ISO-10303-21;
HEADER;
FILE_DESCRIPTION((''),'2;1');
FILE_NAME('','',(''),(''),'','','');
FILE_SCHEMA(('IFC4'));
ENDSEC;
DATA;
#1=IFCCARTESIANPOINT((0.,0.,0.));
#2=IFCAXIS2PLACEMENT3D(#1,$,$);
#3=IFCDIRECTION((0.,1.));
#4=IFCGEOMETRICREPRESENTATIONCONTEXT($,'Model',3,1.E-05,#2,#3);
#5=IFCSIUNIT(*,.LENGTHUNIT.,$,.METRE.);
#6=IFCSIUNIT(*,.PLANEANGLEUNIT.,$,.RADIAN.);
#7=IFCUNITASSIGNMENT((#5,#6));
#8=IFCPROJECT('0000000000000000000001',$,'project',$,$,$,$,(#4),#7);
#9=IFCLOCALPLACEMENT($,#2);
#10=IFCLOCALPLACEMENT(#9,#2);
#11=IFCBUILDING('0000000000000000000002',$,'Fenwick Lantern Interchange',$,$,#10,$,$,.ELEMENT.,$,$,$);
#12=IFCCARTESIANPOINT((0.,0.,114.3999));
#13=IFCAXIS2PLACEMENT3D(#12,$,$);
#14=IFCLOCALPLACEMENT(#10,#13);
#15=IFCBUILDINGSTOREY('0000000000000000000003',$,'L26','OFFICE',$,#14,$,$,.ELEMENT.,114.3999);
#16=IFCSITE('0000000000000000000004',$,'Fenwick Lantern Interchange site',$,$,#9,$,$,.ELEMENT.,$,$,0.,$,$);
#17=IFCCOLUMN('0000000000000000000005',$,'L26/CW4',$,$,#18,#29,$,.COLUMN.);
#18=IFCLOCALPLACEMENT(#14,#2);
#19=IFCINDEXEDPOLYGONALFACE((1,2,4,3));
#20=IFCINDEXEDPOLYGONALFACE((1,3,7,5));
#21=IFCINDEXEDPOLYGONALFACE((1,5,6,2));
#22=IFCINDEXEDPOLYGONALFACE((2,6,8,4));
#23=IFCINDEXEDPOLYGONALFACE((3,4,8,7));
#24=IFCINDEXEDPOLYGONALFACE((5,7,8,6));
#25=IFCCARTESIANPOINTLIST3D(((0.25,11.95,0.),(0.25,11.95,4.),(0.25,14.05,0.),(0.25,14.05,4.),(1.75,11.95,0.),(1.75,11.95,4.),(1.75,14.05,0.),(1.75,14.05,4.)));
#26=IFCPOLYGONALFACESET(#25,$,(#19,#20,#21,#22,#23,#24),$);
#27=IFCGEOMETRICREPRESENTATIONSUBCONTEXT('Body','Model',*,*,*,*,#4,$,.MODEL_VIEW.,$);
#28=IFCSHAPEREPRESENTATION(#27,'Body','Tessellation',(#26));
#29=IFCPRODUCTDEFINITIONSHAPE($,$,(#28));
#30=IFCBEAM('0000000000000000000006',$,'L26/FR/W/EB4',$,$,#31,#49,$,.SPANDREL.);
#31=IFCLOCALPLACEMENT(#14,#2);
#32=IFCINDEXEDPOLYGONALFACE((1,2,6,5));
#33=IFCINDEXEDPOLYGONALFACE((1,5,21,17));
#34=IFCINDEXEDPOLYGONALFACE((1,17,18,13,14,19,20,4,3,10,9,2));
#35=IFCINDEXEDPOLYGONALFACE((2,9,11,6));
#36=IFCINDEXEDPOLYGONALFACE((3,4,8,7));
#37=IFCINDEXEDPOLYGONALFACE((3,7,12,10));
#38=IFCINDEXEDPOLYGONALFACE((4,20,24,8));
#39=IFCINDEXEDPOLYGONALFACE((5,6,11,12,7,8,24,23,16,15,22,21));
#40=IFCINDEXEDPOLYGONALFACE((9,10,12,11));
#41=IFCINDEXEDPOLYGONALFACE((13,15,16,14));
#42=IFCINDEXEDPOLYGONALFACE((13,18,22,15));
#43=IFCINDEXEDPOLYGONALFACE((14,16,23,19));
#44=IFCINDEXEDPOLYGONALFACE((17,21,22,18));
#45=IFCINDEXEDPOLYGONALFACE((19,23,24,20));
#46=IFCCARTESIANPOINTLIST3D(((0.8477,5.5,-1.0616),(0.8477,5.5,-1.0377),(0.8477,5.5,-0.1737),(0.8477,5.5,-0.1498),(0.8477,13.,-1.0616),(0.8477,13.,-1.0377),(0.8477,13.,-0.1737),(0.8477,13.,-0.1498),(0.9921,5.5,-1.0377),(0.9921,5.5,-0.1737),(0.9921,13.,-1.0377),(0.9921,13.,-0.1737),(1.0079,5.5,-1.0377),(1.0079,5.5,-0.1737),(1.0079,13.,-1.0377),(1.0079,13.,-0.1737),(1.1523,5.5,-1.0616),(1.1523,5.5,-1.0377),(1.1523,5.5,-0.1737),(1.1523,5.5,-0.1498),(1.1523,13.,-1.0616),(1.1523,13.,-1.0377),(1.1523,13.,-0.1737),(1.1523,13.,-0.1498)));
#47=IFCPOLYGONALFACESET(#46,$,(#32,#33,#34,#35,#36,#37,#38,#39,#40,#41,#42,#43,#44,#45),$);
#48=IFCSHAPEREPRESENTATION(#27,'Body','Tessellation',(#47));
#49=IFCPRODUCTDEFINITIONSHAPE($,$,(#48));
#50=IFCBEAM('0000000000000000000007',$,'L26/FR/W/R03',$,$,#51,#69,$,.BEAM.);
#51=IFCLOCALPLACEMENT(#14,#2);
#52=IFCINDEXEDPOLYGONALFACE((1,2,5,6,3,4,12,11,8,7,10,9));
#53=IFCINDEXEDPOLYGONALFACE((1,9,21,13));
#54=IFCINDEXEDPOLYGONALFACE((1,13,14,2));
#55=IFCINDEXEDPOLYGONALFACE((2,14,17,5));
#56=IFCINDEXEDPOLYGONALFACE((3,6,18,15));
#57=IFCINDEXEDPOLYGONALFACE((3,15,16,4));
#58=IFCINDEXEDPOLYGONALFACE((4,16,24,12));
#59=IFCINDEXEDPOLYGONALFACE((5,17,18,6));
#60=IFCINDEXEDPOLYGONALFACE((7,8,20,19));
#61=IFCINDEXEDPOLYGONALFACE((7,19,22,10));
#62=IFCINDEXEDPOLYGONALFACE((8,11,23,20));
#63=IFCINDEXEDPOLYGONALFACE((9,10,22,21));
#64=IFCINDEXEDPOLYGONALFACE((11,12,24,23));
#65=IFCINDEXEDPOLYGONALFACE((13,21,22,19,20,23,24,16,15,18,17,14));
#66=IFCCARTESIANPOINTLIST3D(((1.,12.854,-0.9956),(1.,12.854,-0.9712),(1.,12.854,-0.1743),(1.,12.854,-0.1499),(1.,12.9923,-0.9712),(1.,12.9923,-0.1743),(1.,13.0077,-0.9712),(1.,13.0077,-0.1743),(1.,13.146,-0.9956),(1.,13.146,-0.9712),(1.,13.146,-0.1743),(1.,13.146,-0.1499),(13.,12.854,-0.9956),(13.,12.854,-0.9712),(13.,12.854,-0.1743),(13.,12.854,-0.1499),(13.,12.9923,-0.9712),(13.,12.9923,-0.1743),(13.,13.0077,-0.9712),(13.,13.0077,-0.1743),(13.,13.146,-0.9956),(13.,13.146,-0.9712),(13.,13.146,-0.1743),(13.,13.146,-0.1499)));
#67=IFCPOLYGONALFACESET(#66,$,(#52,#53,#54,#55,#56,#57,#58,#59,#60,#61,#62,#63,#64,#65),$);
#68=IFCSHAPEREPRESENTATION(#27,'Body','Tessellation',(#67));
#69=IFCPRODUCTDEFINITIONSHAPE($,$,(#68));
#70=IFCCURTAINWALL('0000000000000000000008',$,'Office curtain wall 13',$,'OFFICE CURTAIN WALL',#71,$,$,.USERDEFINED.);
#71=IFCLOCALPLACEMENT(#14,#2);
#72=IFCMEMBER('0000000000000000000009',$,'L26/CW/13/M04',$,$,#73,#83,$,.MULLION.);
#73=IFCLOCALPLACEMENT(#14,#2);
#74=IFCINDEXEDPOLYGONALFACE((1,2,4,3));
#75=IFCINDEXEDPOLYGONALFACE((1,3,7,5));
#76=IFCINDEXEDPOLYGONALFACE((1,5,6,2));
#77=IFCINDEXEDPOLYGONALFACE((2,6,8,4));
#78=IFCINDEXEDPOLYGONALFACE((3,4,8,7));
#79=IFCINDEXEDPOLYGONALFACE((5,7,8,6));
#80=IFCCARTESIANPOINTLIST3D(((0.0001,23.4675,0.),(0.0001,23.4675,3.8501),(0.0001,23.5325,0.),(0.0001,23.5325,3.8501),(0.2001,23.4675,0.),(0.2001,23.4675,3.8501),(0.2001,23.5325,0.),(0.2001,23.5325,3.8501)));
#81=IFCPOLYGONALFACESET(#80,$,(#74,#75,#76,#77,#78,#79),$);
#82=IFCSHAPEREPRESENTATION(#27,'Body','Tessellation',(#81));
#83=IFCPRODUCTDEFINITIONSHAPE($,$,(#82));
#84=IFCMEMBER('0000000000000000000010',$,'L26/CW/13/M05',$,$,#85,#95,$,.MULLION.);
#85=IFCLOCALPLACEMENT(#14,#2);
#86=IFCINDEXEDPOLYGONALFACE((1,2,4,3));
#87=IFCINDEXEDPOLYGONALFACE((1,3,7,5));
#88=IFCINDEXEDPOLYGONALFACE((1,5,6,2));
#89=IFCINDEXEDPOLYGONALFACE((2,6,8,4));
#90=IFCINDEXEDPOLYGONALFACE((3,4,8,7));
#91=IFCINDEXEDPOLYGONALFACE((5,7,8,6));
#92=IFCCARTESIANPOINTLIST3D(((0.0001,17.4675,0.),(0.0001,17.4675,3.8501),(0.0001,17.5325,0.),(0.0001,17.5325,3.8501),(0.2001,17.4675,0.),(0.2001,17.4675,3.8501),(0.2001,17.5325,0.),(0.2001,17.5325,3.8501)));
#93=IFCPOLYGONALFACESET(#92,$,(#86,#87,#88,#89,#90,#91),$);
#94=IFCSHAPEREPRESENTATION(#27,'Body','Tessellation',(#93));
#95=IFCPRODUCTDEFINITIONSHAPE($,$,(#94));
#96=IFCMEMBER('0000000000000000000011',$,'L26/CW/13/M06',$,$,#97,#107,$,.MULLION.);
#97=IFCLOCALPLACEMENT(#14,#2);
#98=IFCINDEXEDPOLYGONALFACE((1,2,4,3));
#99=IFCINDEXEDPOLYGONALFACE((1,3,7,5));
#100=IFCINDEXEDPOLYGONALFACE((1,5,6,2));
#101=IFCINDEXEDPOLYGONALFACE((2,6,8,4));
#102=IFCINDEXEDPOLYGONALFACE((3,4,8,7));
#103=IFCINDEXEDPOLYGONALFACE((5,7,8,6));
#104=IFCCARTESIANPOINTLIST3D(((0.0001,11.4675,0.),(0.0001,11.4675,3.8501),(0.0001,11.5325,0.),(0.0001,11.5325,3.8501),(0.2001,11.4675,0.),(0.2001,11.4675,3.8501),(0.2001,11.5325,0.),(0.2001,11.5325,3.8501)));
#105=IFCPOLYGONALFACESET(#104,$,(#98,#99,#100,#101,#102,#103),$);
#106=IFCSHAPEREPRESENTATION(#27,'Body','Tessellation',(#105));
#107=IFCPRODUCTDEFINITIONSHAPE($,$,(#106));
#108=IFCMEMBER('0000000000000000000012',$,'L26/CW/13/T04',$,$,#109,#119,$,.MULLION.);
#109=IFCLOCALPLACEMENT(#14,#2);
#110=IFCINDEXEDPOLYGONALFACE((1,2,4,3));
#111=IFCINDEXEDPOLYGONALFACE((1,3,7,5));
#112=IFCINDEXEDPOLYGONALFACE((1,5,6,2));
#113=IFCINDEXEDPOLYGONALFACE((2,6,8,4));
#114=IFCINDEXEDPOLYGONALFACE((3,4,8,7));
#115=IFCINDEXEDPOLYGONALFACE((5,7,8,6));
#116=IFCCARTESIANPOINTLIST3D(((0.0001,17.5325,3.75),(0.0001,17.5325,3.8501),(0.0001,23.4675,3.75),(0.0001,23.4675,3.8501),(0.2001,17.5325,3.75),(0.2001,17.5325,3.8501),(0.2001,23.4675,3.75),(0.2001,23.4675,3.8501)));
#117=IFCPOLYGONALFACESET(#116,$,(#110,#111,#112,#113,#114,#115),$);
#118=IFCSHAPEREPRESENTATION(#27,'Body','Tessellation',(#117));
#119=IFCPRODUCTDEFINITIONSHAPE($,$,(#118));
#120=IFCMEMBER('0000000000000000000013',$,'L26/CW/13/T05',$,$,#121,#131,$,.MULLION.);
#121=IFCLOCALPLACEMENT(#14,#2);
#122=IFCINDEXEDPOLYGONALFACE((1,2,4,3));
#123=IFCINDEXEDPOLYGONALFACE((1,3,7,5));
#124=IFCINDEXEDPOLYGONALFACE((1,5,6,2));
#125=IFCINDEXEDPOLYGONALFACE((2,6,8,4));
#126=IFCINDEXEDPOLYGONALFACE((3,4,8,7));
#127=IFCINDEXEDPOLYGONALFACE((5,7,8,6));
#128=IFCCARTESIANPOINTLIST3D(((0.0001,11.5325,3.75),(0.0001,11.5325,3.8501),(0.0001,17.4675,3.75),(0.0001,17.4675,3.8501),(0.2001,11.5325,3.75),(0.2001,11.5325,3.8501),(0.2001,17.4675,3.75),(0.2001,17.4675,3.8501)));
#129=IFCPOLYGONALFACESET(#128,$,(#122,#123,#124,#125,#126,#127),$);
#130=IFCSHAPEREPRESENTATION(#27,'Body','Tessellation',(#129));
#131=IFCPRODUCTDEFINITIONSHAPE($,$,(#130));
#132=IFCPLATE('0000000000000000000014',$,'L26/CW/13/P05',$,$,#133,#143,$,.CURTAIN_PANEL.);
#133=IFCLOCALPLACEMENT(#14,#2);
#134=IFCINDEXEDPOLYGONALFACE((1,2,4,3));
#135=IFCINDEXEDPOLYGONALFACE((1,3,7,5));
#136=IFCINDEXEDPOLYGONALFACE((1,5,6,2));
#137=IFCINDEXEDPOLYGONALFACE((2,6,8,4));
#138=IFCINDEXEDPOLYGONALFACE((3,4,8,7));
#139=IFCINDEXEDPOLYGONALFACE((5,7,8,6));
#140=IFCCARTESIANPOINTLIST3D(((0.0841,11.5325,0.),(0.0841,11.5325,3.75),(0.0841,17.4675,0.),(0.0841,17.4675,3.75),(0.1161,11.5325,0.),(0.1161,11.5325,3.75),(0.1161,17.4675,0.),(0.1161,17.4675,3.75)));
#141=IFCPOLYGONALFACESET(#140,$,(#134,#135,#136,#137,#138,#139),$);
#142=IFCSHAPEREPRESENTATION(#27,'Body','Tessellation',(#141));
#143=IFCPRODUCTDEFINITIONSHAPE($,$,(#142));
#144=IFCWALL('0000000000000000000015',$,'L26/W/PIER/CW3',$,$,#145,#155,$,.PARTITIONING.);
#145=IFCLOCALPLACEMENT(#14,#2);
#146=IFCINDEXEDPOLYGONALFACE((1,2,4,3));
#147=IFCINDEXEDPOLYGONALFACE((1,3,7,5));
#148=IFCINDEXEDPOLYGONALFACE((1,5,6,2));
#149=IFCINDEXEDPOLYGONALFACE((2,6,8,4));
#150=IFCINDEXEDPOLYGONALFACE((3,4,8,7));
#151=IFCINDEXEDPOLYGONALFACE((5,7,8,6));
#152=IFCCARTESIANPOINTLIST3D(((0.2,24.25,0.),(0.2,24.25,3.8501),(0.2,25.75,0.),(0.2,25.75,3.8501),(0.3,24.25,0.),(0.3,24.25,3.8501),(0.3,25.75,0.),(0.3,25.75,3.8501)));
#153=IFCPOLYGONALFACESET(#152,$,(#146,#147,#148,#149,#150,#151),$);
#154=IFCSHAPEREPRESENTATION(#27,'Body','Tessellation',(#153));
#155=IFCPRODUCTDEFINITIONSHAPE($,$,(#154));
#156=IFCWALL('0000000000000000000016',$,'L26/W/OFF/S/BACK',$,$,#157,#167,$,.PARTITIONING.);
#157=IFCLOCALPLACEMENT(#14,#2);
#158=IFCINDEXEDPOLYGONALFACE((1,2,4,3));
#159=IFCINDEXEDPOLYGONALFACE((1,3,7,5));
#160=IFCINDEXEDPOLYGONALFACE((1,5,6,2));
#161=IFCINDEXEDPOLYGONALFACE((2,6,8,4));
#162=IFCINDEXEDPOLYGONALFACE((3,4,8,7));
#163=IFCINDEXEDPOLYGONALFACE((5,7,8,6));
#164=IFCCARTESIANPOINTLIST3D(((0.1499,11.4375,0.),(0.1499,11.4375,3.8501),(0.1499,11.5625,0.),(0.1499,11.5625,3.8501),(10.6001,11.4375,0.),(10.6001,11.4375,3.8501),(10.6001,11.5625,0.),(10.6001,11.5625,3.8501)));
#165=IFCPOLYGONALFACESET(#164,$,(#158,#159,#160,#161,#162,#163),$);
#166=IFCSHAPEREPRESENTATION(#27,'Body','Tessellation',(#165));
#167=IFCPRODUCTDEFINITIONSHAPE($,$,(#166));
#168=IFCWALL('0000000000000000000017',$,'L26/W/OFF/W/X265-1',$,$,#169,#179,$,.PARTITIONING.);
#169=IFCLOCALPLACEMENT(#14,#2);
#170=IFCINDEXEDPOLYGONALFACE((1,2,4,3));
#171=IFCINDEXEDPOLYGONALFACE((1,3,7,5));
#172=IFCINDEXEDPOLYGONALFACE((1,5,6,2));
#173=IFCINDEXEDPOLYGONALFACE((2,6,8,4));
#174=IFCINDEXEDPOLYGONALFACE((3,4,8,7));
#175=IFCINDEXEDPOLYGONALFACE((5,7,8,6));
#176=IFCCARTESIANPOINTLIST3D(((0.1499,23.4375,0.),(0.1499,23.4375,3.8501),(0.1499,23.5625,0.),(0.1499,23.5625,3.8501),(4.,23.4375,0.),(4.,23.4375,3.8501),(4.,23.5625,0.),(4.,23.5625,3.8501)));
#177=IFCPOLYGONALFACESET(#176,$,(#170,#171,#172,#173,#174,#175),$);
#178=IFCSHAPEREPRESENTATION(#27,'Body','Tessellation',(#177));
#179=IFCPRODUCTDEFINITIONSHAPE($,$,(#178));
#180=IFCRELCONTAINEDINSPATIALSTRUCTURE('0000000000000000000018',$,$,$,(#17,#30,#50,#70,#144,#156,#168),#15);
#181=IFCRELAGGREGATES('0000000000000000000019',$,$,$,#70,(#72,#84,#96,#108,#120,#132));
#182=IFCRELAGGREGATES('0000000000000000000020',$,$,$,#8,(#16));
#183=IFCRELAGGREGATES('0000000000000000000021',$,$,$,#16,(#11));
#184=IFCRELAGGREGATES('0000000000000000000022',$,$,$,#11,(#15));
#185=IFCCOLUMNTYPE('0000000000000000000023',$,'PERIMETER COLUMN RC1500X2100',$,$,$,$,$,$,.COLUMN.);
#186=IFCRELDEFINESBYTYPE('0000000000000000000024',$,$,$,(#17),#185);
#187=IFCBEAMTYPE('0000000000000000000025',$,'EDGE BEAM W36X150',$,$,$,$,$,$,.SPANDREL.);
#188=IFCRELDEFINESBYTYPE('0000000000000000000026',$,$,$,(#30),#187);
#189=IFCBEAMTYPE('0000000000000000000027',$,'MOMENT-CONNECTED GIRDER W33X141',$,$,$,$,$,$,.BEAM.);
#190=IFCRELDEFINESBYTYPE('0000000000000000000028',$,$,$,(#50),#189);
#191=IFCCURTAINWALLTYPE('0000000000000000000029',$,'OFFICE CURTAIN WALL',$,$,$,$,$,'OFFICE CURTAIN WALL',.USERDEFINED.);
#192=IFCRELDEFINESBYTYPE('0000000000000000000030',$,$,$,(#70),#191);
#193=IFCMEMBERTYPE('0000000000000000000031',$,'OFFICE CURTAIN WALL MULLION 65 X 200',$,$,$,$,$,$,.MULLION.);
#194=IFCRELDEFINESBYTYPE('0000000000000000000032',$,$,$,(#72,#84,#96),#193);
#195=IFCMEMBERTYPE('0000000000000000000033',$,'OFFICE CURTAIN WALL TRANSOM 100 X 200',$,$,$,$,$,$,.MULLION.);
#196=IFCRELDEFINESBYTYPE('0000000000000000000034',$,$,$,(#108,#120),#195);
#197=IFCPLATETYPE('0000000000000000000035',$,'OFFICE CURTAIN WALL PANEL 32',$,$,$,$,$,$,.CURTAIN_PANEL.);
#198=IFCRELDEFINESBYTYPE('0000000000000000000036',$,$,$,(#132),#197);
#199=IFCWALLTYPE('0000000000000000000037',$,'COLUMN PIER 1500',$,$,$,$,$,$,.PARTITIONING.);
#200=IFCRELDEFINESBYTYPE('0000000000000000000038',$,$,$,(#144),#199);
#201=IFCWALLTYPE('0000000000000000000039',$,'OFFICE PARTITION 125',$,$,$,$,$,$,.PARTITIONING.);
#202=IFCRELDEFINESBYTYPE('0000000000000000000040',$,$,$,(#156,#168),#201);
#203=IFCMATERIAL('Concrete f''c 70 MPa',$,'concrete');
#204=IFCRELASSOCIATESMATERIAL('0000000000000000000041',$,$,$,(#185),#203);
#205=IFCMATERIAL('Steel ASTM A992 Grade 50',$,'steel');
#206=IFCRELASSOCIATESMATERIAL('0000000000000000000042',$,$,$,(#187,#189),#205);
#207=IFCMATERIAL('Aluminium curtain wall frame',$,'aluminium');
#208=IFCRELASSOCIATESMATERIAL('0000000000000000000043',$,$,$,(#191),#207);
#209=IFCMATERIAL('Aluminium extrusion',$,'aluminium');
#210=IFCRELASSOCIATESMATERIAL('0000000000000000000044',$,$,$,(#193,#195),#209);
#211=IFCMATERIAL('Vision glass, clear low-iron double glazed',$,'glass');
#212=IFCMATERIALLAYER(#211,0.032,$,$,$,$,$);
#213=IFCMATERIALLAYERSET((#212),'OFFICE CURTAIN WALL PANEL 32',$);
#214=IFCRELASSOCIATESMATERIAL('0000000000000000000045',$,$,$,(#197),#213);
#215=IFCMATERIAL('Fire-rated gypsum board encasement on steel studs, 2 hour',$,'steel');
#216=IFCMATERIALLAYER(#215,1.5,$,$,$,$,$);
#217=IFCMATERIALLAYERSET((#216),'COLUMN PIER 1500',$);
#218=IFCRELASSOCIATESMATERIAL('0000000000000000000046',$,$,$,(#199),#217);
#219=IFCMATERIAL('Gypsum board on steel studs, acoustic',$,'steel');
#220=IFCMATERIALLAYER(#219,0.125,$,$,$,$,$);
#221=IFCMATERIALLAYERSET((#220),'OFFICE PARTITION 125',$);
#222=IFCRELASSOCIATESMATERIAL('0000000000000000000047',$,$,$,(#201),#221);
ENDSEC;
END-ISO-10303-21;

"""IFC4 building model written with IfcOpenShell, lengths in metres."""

from ifc_helpers import new_model, si_unit, direction, frame, frame_2d, origin, origin_2d, place, context, subcontext, project, spatial, rectangle, i_section, extrude, material, layer, layer_set, material_profile, profile_set, type_object, element, aggregate, save


model = new_model("IFC4")

# Units and contexts
model_context = context("Model", 3, precision=1e-05, world=origin(), true_north=direction((0.0, 1.0)))
body_context = subcontext(model_context, "Body", "Model", "MODEL_VIEW")
ifc_project = project(units=[si_unit("LENGTHUNIT", "METRE"), si_unit("PLANEANGLEUNIT", "RADIAN")], contexts=[model_context])

# Site, building, storey
site_placement = place(None, origin())
site = spatial("IfcSite", under=ifc_project, at=site_placement, Name="Fenwick Lantern Interchange site", CompositionType="ELEMENT", RefElevation=0.0)
building_placement = place(site_placement, origin())
building = spatial("IfcBuilding", under=site, at=building_placement, Name="Fenwick Lantern Interchange", CompositionType="ELEMENT")
storey_placement = place(building_placement, frame((0.0, 0.0, 114.3999)))
storey = spatial("IfcBuildingStorey", under=building, at=storey_placement, Name="L26", Description="OFFICE", CompositionType="ELEMENT", Elevation=114.3999)

# Column
ifc_material_1 = material(Name="Concrete f'c 70 MPa", Category="concrete")
ifc_material_profile_1 = material_profile(ifc_material_1, rectangle(XDim=1.5, YDim=2.1001, at=origin_2d()), Name="RC1500X2100")
ifc_profile_set_1 = profile_set([ifc_material_profile_1], Name="Concrete f'c 70 MPa")
column_type = type_object("IfcColumnType", Name="PERIMETER COLUMN RC1500X2100", PredefinedType="COLUMN", material=ifc_profile_set_1)
column_placement = place(storey_placement, frame((1.0, 13.0, 0.0), z_axis=(0.0, 0.0, 1.0), x_axis=(1.0, 0.0, 0.0)))
element("IfcColumn", 1, at=column_placement, inside=storey, type_object=column_type, Name="L26/CW4", PredefinedType="COLUMN", context=body_context, shape_type="SweptSolid", body=[
    extrude(rectangle(XDim=1.5, YDim=2.1001, at=origin_2d()), origin(), (0.0, 0.0, 1.0), 4.0),
])

# Beams
ifc_material_2 = material(Name="Steel ASTM A992 Grade 50", Category="steel")
ifc_material_profile_2 = material_profile(ifc_material_2, i_section(OverallWidth=0.3047, OverallDepth=0.9119, WebThickness=0.0159, FlangeThickness=0.0239, at=origin_2d()), Name="W36X150")
ifc_profile_set_2 = profile_set([ifc_material_profile_2], Name="Steel ASTM A992 Grade 50")
beam_type_1 = type_object("IfcBeamType", Name="EDGE BEAM W36X150", PredefinedType="SPANDREL", material=ifc_profile_set_2)
beam_1_placement = place(storey_placement, frame((1.0, 13.0, -0.6057), z_axis=(0.0, -1.0, 0.0), x_axis=(1.0, 0.0, 0.0)))
element("IfcBeam", 2, at=beam_1_placement, inside=storey, type_object=beam_type_1, Name="L26/FR/W/EB4", PredefinedType="SPANDREL", context=body_context, shape_type="SweptSolid", body=[
    extrude(i_section(OverallWidth=0.3047, OverallDepth=0.9119, WebThickness=0.0159, FlangeThickness=0.0239, at=origin_2d()), origin(), (0.0, 0.0, 1.0), 7.5),
])
ifc_material_profile_3 = material_profile(ifc_material_2, i_section(OverallWidth=0.292, OverallDepth=0.8457, WebThickness=0.0154, FlangeThickness=0.0244, at=origin_2d()), Name="W33X141")
ifc_profile_set_3 = profile_set([ifc_material_profile_3], Name="Steel ASTM A992 Grade 50")
beam_type_2 = type_object("IfcBeamType", Name="MOMENT-CONNECTED GIRDER W33X141", PredefinedType="BEAM", material=ifc_profile_set_3)
beam_2_placement = place(storey_placement, frame((1.0, 13.0, -0.5728), z_axis=(1.0, 0.0, 0.0), x_axis=(0.0, 1.0, 0.0)))
element("IfcBeam", 3, at=beam_2_placement, inside=storey, type_object=beam_type_2, Name="L26/FR/W/R03", PredefinedType="BEAM", context=body_context, shape_type="SweptSolid", body=[
    extrude(i_section(OverallWidth=0.292, OverallDepth=0.8457, WebThickness=0.0154, FlangeThickness=0.0244, at=origin_2d()), origin(), (0.0, 0.0, 1.0), 12.0),
])

# Curtain wall, members, plate
ifc_material_3 = material(Name="Aluminium curtain wall frame", Category="aluminium")
curtain_wall_type = type_object("IfcCurtainWallType", Name="OFFICE CURTAIN WALL", ElementType="OFFICE CURTAIN WALL", PredefinedType="USERDEFINED", material=ifc_material_3)
curtain_wall_placement = place(storey_placement, origin())
curtain_wall = element("IfcCurtainWall", 4, at=curtain_wall_placement, inside=storey, type_object=curtain_wall_type, Name="Office curtain wall 13", ObjectType="OFFICE CURTAIN WALL", PredefinedType="USERDEFINED")
ifc_material_4 = material(Name="Aluminium extrusion", Category="aluminium")
ifc_material_profile_4 = material_profile(ifc_material_4, rectangle(XDim=0.2, YDim=0.0649, at=origin_2d()), Name="OFFICE CURTAIN WALL MULLION 65 X 200")
ifc_profile_set_4 = profile_set([ifc_material_profile_4], Name="Aluminium extrusion")
member_type_1 = type_object("IfcMemberType", Name="OFFICE CURTAIN WALL MULLION 65 X 200", PredefinedType="MULLION", material=ifc_profile_set_4)
member_1_placement = place(storey_placement, frame((0.1001, 23.5, 0.0), z_axis=(0.0, 0.0, 1.0), x_axis=(1.0, 0.0, 0.0)))
member_1 = element("IfcMember", 5, at=member_1_placement, type_object=member_type_1, Name="L26/CW/13/M04", PredefinedType="MULLION", context=body_context, shape_type="SweptSolid", body=[
    extrude(rectangle(XDim=0.2, YDim=0.0649, at=origin_2d()), origin(), (0.0, 0.0, 1.0), 3.8501),
])
member_2_placement = place(storey_placement, frame((0.1001, 17.5, 0.0), z_axis=(0.0, 0.0, 1.0), x_axis=(1.0, 0.0, 0.0)))
member_2 = element("IfcMember", 6, at=member_2_placement, type_object=member_type_1, Name="L26/CW/13/M05", PredefinedType="MULLION", context=body_context, shape_type="SweptSolid", body=[
    extrude(rectangle(XDim=0.2, YDim=0.0649, at=origin_2d()), origin(), (0.0, 0.0, 1.0), 3.8501),
])
member_3_placement = place(storey_placement, frame((0.1001, 11.5, 0.0), z_axis=(0.0, 0.0, 1.0), x_axis=(1.0, 0.0, 0.0)))
member_3 = element("IfcMember", 7, at=member_3_placement, type_object=member_type_1, Name="L26/CW/13/M06", PredefinedType="MULLION", context=body_context, shape_type="SweptSolid", body=[
    extrude(rectangle(XDim=0.2, YDim=0.0649, at=origin_2d()), origin(), (0.0, 0.0, 1.0), 3.8501),
])
ifc_material_profile_5 = material_profile(ifc_material_4, rectangle(XDim=0.2, YDim=0.1001, at=origin_2d()), Name="OFFICE CURTAIN WALL TRANSOM 100 X 200")
ifc_profile_set_5 = profile_set([ifc_material_profile_5], Name="Aluminium extrusion")
member_type_2 = type_object("IfcMemberType", Name="OFFICE CURTAIN WALL TRANSOM 100 X 200", PredefinedType="MULLION", material=ifc_profile_set_5)
member_4_placement = place(storey_placement, frame((0.1001, 23.4675, 3.8), z_axis=(0.0, -1.0, 0.0), x_axis=(1.0, 0.0, 0.0)))
member_4 = element("IfcMember", 8, at=member_4_placement, type_object=member_type_2, Name="L26/CW/13/T04", PredefinedType="MULLION", context=body_context, shape_type="SweptSolid", body=[
    extrude(rectangle(XDim=0.2, YDim=0.1001, at=origin_2d()), origin(), (0.0, 0.0, 1.0), 5.9351),
])
member_5_placement = place(storey_placement, frame((0.1001, 17.4675, 3.8), z_axis=(0.0, -1.0, 0.0), x_axis=(1.0, 0.0, 0.0)))
member_5 = element("IfcMember", 9, at=member_5_placement, type_object=member_type_2, Name="L26/CW/13/T05", PredefinedType="MULLION", context=body_context, shape_type="SweptSolid", body=[
    extrude(rectangle(XDim=0.2, YDim=0.1001, at=origin_2d()), origin(), (0.0, 0.0, 1.0), 5.9351),
])
ifc_material_5 = material(Name="Vision glass, clear low-iron double glazed", Category="glass")
ifc_layer_1 = layer(ifc_material_5, 0.032)
ifc_layer_set_1 = layer_set([ifc_layer_1], Name="OFFICE CURTAIN WALL PANEL 32")
plate_type = type_object("IfcPlateType", Name="OFFICE CURTAIN WALL PANEL 32", PredefinedType="CURTAIN_PANEL", material=ifc_layer_set_1)
plate_placement = place(storey_placement, frame((0.1001, 14.5, 0.0), z_axis=(0.0, 0.0, 1.0), x_axis=(0.0, -1.0, 0.0)))
plate = element("IfcPlate", 10, at=plate_placement, type_object=plate_type, Name="L26/CW/13/P05", PredefinedType="CURTAIN_PANEL", context=body_context, shape_type="SweptSolid", body=[
    extrude(rectangle(XDim=5.9351, YDim=0.032, at=origin_2d()), origin(), (0.0, 0.0, 1.0), 3.75),
])
aggregate(curtain_wall, [member_1, member_2, member_3, member_4, member_5, plate])

# Walls
ifc_material_6 = material(Name="Fire-rated gypsum board encasement on steel studs, 2 hour", Category="steel")
ifc_layer_2 = layer(ifc_material_6, 1.5)
ifc_layer_set_2 = layer_set([ifc_layer_2], Name="COLUMN PIER 1500")
wall_type_1 = type_object("IfcWallType", Name="COLUMN PIER 1500", PredefinedType="PARTITIONING", material=ifc_layer_set_2)
wall_1_placement = place(storey_placement, frame((0.2, 25.0, 0.0), z_axis=(0.0, 0.0, 1.0), x_axis=(1.0, 0.0, 0.0)))
element("IfcWall", 11, at=wall_1_placement, inside=storey, type_object=wall_type_1, Name="L26/W/PIER/CW3", PredefinedType="PARTITIONING", context=body_context, shape_type="SweptSolid", body=[
    extrude(rectangle(XDim=0.1001, YDim=1.5, at=frame_2d((0.05, 0.0))), origin(), (0.0, 0.0, 1.0), 3.8501),
])
ifc_material_7 = material(Name="Gypsum board on steel studs, acoustic", Category="steel")
ifc_layer_3 = layer(ifc_material_7, 0.125)
ifc_layer_set_3 = layer_set([ifc_layer_3], Name="OFFICE PARTITION 125")
wall_type_2 = type_object("IfcWallType", Name="OFFICE PARTITION 125", PredefinedType="PARTITIONING", material=ifc_layer_set_3)
wall_2_placement = place(storey_placement, frame((0.1499, 11.5, 0.0), z_axis=(0.0, 0.0, 1.0), x_axis=(1.0, 0.0, 0.0)))
element("IfcWall", 12, at=wall_2_placement, inside=storey, type_object=wall_type_2, Name="L26/W/OFF/S/BACK", PredefinedType="PARTITIONING", context=body_context, shape_type="SweptSolid", body=[
    extrude(rectangle(XDim=10.4502, YDim=0.125, at=frame_2d((5.2251, 0.0))), origin(), (0.0, 0.0, 1.0), 3.8501),
])
for number, where, z_axis, x_axis, name in (
    (13, (0.1499, 23.5, 0.0), (0.0, 0.0, 1.0), (1.0, 0.0, 0.0), "L26/W/OFF/W/X265-1"),
):
    element("IfcWall", number, at=place(storey_placement, frame(where, z_axis=z_axis, x_axis=x_axis)), inside=storey, type_object=wall_type_2, Name=name, PredefinedType="PARTITIONING", context=body_context, shape_type="SweptSolid", body=[
        extrude(rectangle(XDim=3.8501, YDim=0.125, at=frame_2d((1.925, 0.0))), origin(), (0.0, 0.0, 1.0), 3.8501),
    ])

save(model, "model.ifc")
